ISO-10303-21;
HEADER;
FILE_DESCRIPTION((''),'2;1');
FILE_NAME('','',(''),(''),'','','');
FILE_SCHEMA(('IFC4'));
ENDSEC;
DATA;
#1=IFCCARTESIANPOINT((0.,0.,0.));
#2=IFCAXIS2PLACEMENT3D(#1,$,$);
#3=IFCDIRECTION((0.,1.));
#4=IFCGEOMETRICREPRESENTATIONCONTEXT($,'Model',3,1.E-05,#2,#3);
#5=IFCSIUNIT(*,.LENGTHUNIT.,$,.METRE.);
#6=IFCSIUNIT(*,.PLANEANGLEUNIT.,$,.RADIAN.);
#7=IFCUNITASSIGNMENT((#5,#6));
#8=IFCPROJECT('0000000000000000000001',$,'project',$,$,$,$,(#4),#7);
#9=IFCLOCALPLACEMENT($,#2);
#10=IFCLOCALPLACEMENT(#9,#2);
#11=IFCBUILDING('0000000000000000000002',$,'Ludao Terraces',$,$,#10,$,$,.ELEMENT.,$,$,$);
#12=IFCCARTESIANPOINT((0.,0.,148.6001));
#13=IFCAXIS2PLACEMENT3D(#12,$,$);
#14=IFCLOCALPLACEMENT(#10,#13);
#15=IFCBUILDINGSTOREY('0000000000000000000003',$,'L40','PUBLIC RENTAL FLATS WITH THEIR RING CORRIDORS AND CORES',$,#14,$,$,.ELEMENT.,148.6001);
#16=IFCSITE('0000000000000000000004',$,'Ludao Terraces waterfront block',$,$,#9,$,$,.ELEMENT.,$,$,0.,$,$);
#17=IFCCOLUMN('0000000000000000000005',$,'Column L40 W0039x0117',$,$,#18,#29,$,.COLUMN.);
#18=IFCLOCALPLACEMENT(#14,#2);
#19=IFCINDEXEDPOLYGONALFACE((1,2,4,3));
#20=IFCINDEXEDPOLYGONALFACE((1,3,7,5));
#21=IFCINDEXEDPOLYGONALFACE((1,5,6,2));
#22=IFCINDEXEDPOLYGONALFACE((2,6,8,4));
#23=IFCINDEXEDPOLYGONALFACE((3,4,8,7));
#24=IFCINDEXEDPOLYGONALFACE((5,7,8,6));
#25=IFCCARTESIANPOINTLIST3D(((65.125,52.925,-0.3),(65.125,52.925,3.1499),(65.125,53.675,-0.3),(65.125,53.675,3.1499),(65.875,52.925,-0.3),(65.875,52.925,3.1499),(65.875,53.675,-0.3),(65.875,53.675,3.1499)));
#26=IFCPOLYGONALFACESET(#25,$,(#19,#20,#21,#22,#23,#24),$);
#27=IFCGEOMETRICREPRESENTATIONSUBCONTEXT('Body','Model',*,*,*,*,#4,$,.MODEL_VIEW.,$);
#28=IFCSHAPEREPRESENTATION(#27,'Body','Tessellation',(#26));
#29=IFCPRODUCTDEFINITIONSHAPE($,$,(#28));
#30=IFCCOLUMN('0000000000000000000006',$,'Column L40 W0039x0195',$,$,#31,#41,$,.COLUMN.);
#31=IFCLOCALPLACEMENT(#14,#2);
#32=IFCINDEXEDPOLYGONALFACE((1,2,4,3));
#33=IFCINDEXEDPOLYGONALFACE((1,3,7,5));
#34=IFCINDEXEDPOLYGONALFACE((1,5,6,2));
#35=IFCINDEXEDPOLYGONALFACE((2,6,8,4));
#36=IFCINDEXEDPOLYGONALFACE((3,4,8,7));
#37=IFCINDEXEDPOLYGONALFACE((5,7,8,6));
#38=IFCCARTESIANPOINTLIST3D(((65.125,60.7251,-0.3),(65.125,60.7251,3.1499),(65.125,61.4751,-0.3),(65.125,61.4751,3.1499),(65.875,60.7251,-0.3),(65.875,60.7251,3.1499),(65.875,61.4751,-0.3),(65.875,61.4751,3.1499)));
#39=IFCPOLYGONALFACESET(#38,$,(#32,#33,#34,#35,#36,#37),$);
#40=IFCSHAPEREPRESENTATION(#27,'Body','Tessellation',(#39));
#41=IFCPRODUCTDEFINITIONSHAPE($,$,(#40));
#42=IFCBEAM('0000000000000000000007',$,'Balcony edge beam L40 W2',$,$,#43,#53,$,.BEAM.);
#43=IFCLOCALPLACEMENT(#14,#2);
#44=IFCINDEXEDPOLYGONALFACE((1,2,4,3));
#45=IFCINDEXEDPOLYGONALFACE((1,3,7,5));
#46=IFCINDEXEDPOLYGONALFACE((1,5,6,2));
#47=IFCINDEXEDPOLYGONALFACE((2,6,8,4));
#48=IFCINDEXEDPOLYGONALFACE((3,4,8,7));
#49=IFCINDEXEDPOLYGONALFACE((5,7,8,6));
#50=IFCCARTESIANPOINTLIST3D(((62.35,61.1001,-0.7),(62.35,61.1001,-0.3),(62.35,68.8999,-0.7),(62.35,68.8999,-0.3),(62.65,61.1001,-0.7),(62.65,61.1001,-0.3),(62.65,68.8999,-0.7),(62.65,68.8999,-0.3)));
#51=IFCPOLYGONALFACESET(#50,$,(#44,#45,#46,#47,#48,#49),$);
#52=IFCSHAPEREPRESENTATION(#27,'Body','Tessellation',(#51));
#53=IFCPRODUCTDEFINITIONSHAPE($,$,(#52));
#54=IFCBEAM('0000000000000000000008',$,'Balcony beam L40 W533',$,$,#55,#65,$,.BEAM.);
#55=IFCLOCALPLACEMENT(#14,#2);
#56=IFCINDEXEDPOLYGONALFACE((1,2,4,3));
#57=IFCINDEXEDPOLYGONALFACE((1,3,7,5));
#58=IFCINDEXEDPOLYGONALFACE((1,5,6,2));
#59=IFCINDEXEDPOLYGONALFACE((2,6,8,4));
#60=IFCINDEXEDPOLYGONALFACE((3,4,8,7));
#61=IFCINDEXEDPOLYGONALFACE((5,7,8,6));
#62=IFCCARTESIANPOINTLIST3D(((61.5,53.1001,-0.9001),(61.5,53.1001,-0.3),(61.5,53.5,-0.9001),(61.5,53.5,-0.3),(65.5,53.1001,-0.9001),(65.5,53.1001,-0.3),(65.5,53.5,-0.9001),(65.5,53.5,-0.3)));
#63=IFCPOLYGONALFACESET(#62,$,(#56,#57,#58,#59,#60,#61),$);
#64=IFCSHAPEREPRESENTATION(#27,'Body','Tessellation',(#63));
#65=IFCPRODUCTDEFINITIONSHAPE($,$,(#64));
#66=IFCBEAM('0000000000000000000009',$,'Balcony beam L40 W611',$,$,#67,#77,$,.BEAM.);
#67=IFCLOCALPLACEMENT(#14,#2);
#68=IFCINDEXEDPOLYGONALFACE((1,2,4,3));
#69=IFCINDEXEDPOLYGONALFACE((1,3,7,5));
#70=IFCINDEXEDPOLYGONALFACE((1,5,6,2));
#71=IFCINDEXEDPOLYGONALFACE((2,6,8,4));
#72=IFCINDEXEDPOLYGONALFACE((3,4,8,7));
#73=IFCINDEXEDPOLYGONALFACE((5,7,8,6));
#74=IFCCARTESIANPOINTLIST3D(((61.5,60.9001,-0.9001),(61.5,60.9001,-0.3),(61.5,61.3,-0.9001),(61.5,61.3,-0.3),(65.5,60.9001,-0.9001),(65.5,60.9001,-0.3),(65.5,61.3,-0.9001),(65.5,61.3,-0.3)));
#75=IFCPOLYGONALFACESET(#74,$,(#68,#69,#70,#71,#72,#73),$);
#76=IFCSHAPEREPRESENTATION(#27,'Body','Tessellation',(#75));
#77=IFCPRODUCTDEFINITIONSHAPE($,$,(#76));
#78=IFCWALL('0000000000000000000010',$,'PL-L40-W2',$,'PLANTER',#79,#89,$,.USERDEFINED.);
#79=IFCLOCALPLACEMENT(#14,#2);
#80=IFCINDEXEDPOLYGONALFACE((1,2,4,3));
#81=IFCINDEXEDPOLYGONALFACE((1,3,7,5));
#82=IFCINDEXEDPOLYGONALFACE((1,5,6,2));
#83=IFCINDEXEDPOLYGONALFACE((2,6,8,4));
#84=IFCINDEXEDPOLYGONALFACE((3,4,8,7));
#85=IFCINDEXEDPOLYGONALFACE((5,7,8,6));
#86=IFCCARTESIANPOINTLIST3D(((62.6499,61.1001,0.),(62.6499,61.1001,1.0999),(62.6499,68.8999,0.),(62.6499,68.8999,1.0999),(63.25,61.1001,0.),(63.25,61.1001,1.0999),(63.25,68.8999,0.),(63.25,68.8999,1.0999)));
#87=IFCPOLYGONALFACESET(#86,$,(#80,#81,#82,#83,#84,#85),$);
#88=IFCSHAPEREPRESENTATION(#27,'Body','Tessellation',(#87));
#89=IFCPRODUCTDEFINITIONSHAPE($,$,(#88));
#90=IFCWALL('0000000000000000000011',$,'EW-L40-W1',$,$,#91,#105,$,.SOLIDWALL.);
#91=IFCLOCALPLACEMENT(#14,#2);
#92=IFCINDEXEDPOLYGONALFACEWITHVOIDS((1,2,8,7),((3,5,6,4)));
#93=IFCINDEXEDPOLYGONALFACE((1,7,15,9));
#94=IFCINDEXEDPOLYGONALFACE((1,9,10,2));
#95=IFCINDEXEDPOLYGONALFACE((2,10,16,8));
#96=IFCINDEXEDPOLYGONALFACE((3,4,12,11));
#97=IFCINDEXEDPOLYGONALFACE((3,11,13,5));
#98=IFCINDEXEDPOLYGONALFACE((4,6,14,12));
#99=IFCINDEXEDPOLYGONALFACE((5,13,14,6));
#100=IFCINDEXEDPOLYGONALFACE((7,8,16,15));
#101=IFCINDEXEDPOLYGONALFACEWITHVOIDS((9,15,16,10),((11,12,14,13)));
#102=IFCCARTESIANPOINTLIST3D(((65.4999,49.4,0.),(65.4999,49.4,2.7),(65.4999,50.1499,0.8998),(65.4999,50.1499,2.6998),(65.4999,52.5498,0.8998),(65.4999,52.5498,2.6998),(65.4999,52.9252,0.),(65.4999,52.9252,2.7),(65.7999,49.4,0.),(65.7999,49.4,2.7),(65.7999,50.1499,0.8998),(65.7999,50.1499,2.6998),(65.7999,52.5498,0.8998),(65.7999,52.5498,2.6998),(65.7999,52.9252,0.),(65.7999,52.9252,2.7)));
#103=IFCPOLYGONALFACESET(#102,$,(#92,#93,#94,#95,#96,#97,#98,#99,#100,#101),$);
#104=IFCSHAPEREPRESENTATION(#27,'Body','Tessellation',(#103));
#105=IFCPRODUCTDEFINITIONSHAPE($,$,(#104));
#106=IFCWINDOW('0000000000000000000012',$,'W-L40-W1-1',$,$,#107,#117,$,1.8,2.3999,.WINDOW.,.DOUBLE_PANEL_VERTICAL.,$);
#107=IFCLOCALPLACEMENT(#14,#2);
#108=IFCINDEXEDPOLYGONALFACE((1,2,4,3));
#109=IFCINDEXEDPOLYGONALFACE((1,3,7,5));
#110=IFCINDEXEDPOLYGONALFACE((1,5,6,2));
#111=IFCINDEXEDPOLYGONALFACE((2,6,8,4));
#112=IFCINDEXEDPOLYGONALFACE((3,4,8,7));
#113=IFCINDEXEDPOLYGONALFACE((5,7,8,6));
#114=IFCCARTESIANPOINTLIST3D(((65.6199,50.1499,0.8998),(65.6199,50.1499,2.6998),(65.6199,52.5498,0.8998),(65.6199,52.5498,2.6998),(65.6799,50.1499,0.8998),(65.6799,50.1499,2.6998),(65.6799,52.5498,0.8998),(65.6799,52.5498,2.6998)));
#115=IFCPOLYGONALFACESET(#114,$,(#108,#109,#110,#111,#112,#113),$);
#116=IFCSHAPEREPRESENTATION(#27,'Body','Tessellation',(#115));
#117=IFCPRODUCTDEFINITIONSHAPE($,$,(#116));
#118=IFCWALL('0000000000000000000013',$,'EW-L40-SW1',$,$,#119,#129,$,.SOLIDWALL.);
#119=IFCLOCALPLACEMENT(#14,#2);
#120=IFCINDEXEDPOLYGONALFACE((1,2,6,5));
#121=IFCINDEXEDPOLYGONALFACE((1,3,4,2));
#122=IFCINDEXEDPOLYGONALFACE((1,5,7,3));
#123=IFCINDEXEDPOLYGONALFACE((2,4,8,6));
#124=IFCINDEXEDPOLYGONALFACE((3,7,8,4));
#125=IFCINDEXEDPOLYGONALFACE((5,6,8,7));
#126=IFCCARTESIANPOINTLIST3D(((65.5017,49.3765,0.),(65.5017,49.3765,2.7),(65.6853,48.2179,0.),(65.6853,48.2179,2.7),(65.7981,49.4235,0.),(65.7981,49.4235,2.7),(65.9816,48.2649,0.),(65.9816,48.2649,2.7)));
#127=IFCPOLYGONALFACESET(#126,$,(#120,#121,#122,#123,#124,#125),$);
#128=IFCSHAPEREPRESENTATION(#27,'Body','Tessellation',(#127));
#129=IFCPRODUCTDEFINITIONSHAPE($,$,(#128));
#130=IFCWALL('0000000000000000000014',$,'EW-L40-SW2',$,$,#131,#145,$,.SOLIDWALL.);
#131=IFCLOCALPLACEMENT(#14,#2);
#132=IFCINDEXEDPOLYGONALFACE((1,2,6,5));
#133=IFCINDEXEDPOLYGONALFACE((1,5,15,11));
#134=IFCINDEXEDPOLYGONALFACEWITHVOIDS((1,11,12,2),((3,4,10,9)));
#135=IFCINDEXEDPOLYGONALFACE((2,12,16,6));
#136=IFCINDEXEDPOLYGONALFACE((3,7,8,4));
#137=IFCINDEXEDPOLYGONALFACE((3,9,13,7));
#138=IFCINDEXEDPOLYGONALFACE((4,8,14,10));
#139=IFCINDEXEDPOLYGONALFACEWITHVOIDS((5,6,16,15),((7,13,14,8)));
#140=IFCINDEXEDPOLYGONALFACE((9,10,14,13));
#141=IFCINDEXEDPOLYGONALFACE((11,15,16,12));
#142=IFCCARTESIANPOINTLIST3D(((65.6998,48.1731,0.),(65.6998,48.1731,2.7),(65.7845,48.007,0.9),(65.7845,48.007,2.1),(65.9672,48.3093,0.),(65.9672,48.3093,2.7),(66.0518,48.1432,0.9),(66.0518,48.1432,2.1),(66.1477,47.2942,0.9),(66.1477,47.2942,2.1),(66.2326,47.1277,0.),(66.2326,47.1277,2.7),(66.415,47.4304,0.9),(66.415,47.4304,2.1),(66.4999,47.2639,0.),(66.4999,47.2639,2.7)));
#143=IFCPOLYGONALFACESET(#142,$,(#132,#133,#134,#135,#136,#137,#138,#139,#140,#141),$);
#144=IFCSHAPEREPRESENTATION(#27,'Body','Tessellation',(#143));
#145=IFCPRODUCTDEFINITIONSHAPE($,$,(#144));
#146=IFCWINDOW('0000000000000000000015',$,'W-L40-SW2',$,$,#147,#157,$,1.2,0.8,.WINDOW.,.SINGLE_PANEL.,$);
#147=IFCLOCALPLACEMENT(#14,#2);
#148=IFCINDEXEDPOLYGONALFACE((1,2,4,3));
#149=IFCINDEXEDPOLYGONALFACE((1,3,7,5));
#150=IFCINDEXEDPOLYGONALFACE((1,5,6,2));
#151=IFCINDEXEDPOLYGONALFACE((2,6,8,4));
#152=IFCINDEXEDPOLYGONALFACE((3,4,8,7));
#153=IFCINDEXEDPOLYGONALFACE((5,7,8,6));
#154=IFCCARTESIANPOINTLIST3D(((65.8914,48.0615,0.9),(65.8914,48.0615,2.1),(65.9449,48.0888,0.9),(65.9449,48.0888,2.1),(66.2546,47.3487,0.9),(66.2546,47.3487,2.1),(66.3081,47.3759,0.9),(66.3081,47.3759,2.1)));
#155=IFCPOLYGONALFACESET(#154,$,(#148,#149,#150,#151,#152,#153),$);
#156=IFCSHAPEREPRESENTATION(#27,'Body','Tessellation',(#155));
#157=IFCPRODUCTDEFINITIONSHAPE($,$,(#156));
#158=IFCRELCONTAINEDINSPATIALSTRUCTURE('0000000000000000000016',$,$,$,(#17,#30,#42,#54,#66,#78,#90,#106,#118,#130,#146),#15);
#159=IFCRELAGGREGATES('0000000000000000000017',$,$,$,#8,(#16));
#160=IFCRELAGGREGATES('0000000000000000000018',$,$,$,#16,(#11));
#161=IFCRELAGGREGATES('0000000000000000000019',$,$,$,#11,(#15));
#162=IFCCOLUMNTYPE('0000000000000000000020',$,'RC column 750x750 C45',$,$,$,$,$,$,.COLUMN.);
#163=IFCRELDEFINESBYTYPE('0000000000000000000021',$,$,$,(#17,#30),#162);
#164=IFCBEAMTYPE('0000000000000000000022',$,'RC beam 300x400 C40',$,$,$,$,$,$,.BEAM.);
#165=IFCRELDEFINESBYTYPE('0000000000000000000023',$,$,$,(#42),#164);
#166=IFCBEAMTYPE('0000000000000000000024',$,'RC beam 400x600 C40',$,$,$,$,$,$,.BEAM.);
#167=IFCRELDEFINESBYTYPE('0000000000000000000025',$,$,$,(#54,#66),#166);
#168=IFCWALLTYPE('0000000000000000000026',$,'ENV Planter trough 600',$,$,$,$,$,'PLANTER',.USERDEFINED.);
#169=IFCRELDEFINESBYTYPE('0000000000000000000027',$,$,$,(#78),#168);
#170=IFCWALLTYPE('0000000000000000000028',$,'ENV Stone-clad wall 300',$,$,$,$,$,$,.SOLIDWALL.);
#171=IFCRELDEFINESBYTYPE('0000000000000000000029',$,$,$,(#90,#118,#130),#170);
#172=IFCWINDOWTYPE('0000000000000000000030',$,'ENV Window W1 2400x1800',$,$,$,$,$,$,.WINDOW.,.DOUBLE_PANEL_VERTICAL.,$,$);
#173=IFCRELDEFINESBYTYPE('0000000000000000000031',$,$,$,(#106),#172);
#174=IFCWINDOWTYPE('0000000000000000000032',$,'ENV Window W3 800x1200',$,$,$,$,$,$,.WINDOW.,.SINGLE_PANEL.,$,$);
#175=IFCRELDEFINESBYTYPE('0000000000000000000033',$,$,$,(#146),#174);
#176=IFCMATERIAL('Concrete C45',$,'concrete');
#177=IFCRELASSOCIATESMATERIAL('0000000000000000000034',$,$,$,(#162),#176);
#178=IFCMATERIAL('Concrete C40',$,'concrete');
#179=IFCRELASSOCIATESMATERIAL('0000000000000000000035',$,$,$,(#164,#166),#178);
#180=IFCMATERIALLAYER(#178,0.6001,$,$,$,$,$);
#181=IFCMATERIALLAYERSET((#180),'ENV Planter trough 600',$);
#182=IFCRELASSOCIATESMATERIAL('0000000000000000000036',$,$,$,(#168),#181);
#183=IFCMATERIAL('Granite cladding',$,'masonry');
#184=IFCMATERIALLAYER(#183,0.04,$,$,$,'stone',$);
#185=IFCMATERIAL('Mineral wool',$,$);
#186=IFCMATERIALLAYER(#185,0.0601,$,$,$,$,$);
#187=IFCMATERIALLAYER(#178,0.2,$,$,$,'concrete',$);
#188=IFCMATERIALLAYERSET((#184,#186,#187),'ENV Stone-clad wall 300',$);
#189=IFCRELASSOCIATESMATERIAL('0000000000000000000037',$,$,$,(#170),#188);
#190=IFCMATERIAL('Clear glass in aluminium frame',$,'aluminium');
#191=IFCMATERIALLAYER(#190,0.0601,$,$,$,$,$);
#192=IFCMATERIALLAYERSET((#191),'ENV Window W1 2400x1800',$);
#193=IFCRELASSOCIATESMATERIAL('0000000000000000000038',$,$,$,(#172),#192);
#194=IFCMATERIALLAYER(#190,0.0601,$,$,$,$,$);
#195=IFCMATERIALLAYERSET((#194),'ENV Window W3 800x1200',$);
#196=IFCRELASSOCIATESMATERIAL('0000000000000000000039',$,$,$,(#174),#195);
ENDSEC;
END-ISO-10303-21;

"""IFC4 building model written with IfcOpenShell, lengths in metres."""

from ifc_helpers import new_model, si_unit, direction, frame, frame_2d, origin, origin_2d, place, context, subcontext, project, spatial, rectangle, extrude, material, layer, layer_set, material_profile, profile_set, type_object, element, fill, save


model = new_model("IFC4")

# Units and contexts
model_context = context("Model", 3, precision=1e-05, world=origin(), true_north=direction((0.0, 1.0)))
body_context = subcontext(model_context, "Body", "Model", "MODEL_VIEW")
ifc_project = project(units=[si_unit("LENGTHUNIT", "METRE"), si_unit("PLANEANGLEUNIT", "RADIAN")], contexts=[model_context])

# Site, building, storey
site_placement = place(None, origin())
site = spatial("IfcSite", under=ifc_project, at=site_placement, Name="Ludao Terraces waterfront block", CompositionType="ELEMENT", RefElevation=0.0)
building_placement = place(site_placement, origin())
building = spatial("IfcBuilding", under=site, at=building_placement, Name="Ludao Terraces", CompositionType="ELEMENT")
storey_placement = place(building_placement, frame((0.0, 0.0, 148.6001)))
storey = spatial("IfcBuildingStorey", under=building, at=storey_placement, Name="L40", Description="PUBLIC RENTAL FLATS WITH THEIR RING CORRIDORS AND CORES", CompositionType="ELEMENT", Elevation=148.6001)

# Columns
ifc_material_1 = material(Name="Concrete C45", Category="concrete")
ifc_material_profile_1 = material_profile(ifc_material_1, rectangle(XDim=0.75, YDim=0.75, at=origin_2d()), Name="750 X 750")
ifc_profile_set_1 = profile_set([ifc_material_profile_1], Name="Concrete C45")
column_type = type_object("IfcColumnType", Name="RC column 750x750 C45", PredefinedType="COLUMN", material=ifc_profile_set_1)
for number, where, z_axis, x_axis, name in (
    (1, (65.5, 53.3, -0.3), (0.0, 0.0, 1.0), (1.0, 0.0, 0.0), "Column L40 W0039x0117"),
    (2, (65.5, 61.1001, -0.3), (0.0, 0.0, 1.0), (1.0, 0.0, 0.0), "Column L40 W0039x0195"),
):
    element("IfcColumn", number, at=place(storey_placement, frame(where, z_axis=z_axis, x_axis=x_axis)), inside=storey, type_object=column_type, Name=name, PredefinedType="COLUMN", context=body_context, shape_type="SweptSolid", body=[
        extrude(rectangle(XDim=0.75, YDim=0.75, at=origin_2d()), origin(), (0.0, 0.0, 1.0), 3.45),
    ])

# Beams
ifc_material_2 = material(Name="Concrete C40", Category="concrete")
ifc_material_profile_2 = material_profile(ifc_material_2, rectangle(XDim=0.3, YDim=0.3999, at=origin_2d()), Name="300 X 400")
ifc_profile_set_2 = profile_set([ifc_material_profile_2], Name="Concrete C40")
beam_type_1 = type_object("IfcBeamType", Name="RC beam 300x400 C40", PredefinedType="BEAM", material=ifc_profile_set_2)
beam_placement = place(storey_placement, frame((62.5, 61.1001, -0.5), z_axis=(0.0, 1.0, 0.0), x_axis=(-1.0, 0.0, 0.0)))
element("IfcBeam", 3, at=beam_placement, inside=storey, type_object=beam_type_1, Name="Balcony edge beam L40 W2", PredefinedType="BEAM", context=body_context, shape_type="SweptSolid", body=[
    extrude(rectangle(XDim=0.3, YDim=0.3999, at=origin_2d()), origin(), (0.0, 0.0, 1.0), 7.7998),
])
ifc_material_profile_3 = material_profile(ifc_material_2, rectangle(XDim=0.3999, YDim=0.6001, at=origin_2d()), Name="400 X 600")
ifc_profile_set_3 = profile_set([ifc_material_profile_3], Name="Concrete C40")
beam_type_2 = type_object("IfcBeamType", Name="RC beam 400x600 C40", PredefinedType="BEAM", material=ifc_profile_set_3)
for number, where, z_axis, x_axis, name in (
    (4, (65.5, 53.3, -0.6001), (-1.0, 0.0, 0.0), (0.0, -1.0, 0.0), "Balcony beam L40 W533"),
    (5, (65.5, 61.1001, -0.6001), (-1.0, 0.0, 0.0), (0.0, -1.0, 0.0), "Balcony beam L40 W611"),
):
    element("IfcBeam", number, at=place(storey_placement, frame(where, z_axis=z_axis, x_axis=x_axis)), inside=storey, type_object=beam_type_2, Name=name, PredefinedType="BEAM", context=body_context, shape_type="SweptSolid", body=[
        extrude(rectangle(XDim=0.3999, YDim=0.6001, at=origin_2d()), origin(), (0.0, 0.0, 1.0), 4.0),
    ])

# Wall
ifc_layer_1 = layer(ifc_material_2, 0.6001)
ifc_layer_set_1 = layer_set([ifc_layer_1], Name="ENV Planter trough 600")
wall_type_1 = type_object("IfcWallType", Name="ENV Planter trough 600", ElementType="PLANTER", PredefinedType="USERDEFINED", material=ifc_layer_set_1)
wall_1_placement = place(storey_placement, frame((62.95, 61.1001, 0.0), z_axis=(0.0, 0.0, 1.0), x_axis=(0.0, 1.0, 0.0)))
element("IfcWall", 6, at=wall_1_placement, inside=storey, type_object=wall_type_1, Name="PL-L40-W2", ObjectType="PLANTER", PredefinedType="USERDEFINED", context=body_context, shape_type="SweptSolid", body=[
    extrude(rectangle(XDim=7.7998, YDim=0.6001, at=frame_2d((3.8999, 0.0))), origin(), (0.0, 0.0, 1.0), 1.0999),
])

# Wall, opening, window
ifc_material_3 = material(Name="Granite cladding", Category="masonry")
ifc_layer_2 = layer(ifc_material_3, 0.04, Category="stone")
ifc_material_4 = material(Name="Mineral wool")
ifc_layer_3 = layer(ifc_material_4, 0.0601)
ifc_layer_4 = layer(ifc_material_2, 0.2, Category="concrete")
ifc_layer_set_2 = layer_set([ifc_layer_2, ifc_layer_3, ifc_layer_4], Name="ENV Stone-clad wall 300")
wall_type_2 = type_object("IfcWallType", Name="ENV Stone-clad wall 300", PredefinedType="SOLIDWALL", material=ifc_layer_set_2)
wall_2_placement = place(storey_placement, frame((65.6499, 49.3999, 0.0), z_axis=(0.0, 0.0, 1.0), x_axis=(0.0, 1.0, 0.0)))
wall_2 = element("IfcWall", 7, at=wall_2_placement, inside=storey, type_object=wall_type_2, Name="EW-L40-W1", PredefinedType="SOLIDWALL", context=body_context, shape_type="SweptSolid", body=[
    extrude(rectangle(XDim=3.5251, YDim=0.3, at=frame_2d((1.7627, 0.0))), origin(), (0.0, 0.0, 1.0), 2.7),
])
opening_1_placement = place(wall_2_placement, frame((0.75, 0.0, 0.8999)))
opening_1 = element("IfcOpeningElement", 8, at=opening_1_placement, cuts=wall_2, PredefinedType="OPENING", context=body_context, shape_type="SweptSolid", body=[
    extrude(rectangle(XDim=2.3999, YDim=1.8, at=frame_2d((1.2, 0.8999))), frame((0.0, 0.1602, 0.0), z_axis=(0.0, -1.0, 0.0), x_axis=(1.0, 0.0, 0.0)), (0.0, 0.0, 1.0), 0.3201),
])
ifc_material_5 = material(Name="Clear glass in aluminium frame", Category="aluminium")
ifc_layer_5 = layer(ifc_material_5, 0.0601)
ifc_layer_set_3 = layer_set([ifc_layer_5], Name="ENV Window W1 2400x1800")
window_type_1 = type_object("IfcWindowType", Name="ENV Window W1 2400x1800", PartitioningType="DOUBLE_PANEL_VERTICAL", PredefinedType="WINDOW", material=ifc_layer_set_3)
window_1_placement = place(opening_1_placement, origin())
window_1 = element("IfcWindow", 9, at=window_1_placement, inside=storey, type_object=window_type_1, Name="W-L40-W1-1", OverallHeight=1.8, OverallWidth=2.3999, PartitioningType="DOUBLE_PANEL_VERTICAL", PredefinedType="WINDOW", context=body_context, shape_type="SweptSolid", body=[
    extrude(rectangle(XDim=2.3999, YDim=1.8, at=frame_2d((1.2, 0.8999))), frame((0.0, 0.03, 0.0), z_axis=(0.0, -1.0, 0.0), x_axis=(1.0, 0.0, 0.0)), (0.0, 0.0, 1.0), 0.0601),
])
fill(opening_1, window_1)

# Wall
wall_3_placement = place(storey_placement, frame((65.6499, 49.3999, 0.0), z_axis=(0.0, 0.0, 1.0), x_axis=(0.156497, -0.987678, 0.0)))
element("IfcWall", 10, at=wall_3_placement, inside=storey, type_object=wall_type_2, Name="EW-L40-SW1", PredefinedType="SOLIDWALL", context=body_context, shape_type="SweptSolid", body=[
    extrude(rectangle(XDim=1.1731, YDim=0.3, at=frame_2d((0.5864, 0.0))), origin(), (0.0, 0.0, 1.0), 2.7),
])

# Wall, opening, window
wall_4_placement = place(storey_placement, frame((65.8335, 48.2412, 0.0), z_axis=(0.0, 0.0, 1.0), x_axis=(0.454026, -0.890989, 0.0)))
wall_4 = element("IfcWall", 11, at=wall_4_placement, inside=storey, type_object=wall_type_2, Name="EW-L40-SW2", PredefinedType="SOLIDWALL", context=body_context, shape_type="SweptSolid", body=[
    extrude(rectangle(XDim=1.1733, YDim=0.3, at=frame_2d((0.5867, 0.0))), origin(), (0.0, 0.0, 1.0), 2.7),
])
opening_2_placement = place(wall_4_placement, frame((0.1865, 0.0, 0.8999)))
opening_2 = element("IfcOpeningElement", 12, at=opening_2_placement, cuts=wall_4, PredefinedType="OPENING", context=body_context, shape_type="SweptSolid", body=[
    extrude(rectangle(XDim=0.8, YDim=1.2, at=frame_2d((0.3999, 0.6001))), frame((0.0, 0.1602, 0.0), z_axis=(0.0, -1.0, 0.0), x_axis=(1.0, 0.0, 0.0)), (0.0, 0.0, 1.0), 0.3201),
])
ifc_layer_6 = layer(ifc_material_5, 0.0601)
ifc_layer_set_4 = layer_set([ifc_layer_6], Name="ENV Window W3 800x1200")
window_type_2 = type_object("IfcWindowType", Name="ENV Window W3 800x1200", PartitioningType="SINGLE_PANEL", PredefinedType="WINDOW", material=ifc_layer_set_4)
window_2_placement = place(opening_2_placement, origin())
window_2 = element("IfcWindow", 13, at=window_2_placement, inside=storey, type_object=window_type_2, Name="W-L40-SW2", OverallHeight=1.2, OverallWidth=0.8, PartitioningType="SINGLE_PANEL", PredefinedType="WINDOW", context=body_context, shape_type="SweptSolid", body=[
    extrude(rectangle(XDim=0.8, YDim=1.2, at=frame_2d((0.3999, 0.6001))), frame((0.0, 0.03, 0.0), z_axis=(0.0, -1.0, 0.0), x_axis=(1.0, 0.0, 0.0)), (0.0, 0.0, 1.0), 0.0601),
])
fill(opening_2, window_2)

save(model, "model.ifc")
